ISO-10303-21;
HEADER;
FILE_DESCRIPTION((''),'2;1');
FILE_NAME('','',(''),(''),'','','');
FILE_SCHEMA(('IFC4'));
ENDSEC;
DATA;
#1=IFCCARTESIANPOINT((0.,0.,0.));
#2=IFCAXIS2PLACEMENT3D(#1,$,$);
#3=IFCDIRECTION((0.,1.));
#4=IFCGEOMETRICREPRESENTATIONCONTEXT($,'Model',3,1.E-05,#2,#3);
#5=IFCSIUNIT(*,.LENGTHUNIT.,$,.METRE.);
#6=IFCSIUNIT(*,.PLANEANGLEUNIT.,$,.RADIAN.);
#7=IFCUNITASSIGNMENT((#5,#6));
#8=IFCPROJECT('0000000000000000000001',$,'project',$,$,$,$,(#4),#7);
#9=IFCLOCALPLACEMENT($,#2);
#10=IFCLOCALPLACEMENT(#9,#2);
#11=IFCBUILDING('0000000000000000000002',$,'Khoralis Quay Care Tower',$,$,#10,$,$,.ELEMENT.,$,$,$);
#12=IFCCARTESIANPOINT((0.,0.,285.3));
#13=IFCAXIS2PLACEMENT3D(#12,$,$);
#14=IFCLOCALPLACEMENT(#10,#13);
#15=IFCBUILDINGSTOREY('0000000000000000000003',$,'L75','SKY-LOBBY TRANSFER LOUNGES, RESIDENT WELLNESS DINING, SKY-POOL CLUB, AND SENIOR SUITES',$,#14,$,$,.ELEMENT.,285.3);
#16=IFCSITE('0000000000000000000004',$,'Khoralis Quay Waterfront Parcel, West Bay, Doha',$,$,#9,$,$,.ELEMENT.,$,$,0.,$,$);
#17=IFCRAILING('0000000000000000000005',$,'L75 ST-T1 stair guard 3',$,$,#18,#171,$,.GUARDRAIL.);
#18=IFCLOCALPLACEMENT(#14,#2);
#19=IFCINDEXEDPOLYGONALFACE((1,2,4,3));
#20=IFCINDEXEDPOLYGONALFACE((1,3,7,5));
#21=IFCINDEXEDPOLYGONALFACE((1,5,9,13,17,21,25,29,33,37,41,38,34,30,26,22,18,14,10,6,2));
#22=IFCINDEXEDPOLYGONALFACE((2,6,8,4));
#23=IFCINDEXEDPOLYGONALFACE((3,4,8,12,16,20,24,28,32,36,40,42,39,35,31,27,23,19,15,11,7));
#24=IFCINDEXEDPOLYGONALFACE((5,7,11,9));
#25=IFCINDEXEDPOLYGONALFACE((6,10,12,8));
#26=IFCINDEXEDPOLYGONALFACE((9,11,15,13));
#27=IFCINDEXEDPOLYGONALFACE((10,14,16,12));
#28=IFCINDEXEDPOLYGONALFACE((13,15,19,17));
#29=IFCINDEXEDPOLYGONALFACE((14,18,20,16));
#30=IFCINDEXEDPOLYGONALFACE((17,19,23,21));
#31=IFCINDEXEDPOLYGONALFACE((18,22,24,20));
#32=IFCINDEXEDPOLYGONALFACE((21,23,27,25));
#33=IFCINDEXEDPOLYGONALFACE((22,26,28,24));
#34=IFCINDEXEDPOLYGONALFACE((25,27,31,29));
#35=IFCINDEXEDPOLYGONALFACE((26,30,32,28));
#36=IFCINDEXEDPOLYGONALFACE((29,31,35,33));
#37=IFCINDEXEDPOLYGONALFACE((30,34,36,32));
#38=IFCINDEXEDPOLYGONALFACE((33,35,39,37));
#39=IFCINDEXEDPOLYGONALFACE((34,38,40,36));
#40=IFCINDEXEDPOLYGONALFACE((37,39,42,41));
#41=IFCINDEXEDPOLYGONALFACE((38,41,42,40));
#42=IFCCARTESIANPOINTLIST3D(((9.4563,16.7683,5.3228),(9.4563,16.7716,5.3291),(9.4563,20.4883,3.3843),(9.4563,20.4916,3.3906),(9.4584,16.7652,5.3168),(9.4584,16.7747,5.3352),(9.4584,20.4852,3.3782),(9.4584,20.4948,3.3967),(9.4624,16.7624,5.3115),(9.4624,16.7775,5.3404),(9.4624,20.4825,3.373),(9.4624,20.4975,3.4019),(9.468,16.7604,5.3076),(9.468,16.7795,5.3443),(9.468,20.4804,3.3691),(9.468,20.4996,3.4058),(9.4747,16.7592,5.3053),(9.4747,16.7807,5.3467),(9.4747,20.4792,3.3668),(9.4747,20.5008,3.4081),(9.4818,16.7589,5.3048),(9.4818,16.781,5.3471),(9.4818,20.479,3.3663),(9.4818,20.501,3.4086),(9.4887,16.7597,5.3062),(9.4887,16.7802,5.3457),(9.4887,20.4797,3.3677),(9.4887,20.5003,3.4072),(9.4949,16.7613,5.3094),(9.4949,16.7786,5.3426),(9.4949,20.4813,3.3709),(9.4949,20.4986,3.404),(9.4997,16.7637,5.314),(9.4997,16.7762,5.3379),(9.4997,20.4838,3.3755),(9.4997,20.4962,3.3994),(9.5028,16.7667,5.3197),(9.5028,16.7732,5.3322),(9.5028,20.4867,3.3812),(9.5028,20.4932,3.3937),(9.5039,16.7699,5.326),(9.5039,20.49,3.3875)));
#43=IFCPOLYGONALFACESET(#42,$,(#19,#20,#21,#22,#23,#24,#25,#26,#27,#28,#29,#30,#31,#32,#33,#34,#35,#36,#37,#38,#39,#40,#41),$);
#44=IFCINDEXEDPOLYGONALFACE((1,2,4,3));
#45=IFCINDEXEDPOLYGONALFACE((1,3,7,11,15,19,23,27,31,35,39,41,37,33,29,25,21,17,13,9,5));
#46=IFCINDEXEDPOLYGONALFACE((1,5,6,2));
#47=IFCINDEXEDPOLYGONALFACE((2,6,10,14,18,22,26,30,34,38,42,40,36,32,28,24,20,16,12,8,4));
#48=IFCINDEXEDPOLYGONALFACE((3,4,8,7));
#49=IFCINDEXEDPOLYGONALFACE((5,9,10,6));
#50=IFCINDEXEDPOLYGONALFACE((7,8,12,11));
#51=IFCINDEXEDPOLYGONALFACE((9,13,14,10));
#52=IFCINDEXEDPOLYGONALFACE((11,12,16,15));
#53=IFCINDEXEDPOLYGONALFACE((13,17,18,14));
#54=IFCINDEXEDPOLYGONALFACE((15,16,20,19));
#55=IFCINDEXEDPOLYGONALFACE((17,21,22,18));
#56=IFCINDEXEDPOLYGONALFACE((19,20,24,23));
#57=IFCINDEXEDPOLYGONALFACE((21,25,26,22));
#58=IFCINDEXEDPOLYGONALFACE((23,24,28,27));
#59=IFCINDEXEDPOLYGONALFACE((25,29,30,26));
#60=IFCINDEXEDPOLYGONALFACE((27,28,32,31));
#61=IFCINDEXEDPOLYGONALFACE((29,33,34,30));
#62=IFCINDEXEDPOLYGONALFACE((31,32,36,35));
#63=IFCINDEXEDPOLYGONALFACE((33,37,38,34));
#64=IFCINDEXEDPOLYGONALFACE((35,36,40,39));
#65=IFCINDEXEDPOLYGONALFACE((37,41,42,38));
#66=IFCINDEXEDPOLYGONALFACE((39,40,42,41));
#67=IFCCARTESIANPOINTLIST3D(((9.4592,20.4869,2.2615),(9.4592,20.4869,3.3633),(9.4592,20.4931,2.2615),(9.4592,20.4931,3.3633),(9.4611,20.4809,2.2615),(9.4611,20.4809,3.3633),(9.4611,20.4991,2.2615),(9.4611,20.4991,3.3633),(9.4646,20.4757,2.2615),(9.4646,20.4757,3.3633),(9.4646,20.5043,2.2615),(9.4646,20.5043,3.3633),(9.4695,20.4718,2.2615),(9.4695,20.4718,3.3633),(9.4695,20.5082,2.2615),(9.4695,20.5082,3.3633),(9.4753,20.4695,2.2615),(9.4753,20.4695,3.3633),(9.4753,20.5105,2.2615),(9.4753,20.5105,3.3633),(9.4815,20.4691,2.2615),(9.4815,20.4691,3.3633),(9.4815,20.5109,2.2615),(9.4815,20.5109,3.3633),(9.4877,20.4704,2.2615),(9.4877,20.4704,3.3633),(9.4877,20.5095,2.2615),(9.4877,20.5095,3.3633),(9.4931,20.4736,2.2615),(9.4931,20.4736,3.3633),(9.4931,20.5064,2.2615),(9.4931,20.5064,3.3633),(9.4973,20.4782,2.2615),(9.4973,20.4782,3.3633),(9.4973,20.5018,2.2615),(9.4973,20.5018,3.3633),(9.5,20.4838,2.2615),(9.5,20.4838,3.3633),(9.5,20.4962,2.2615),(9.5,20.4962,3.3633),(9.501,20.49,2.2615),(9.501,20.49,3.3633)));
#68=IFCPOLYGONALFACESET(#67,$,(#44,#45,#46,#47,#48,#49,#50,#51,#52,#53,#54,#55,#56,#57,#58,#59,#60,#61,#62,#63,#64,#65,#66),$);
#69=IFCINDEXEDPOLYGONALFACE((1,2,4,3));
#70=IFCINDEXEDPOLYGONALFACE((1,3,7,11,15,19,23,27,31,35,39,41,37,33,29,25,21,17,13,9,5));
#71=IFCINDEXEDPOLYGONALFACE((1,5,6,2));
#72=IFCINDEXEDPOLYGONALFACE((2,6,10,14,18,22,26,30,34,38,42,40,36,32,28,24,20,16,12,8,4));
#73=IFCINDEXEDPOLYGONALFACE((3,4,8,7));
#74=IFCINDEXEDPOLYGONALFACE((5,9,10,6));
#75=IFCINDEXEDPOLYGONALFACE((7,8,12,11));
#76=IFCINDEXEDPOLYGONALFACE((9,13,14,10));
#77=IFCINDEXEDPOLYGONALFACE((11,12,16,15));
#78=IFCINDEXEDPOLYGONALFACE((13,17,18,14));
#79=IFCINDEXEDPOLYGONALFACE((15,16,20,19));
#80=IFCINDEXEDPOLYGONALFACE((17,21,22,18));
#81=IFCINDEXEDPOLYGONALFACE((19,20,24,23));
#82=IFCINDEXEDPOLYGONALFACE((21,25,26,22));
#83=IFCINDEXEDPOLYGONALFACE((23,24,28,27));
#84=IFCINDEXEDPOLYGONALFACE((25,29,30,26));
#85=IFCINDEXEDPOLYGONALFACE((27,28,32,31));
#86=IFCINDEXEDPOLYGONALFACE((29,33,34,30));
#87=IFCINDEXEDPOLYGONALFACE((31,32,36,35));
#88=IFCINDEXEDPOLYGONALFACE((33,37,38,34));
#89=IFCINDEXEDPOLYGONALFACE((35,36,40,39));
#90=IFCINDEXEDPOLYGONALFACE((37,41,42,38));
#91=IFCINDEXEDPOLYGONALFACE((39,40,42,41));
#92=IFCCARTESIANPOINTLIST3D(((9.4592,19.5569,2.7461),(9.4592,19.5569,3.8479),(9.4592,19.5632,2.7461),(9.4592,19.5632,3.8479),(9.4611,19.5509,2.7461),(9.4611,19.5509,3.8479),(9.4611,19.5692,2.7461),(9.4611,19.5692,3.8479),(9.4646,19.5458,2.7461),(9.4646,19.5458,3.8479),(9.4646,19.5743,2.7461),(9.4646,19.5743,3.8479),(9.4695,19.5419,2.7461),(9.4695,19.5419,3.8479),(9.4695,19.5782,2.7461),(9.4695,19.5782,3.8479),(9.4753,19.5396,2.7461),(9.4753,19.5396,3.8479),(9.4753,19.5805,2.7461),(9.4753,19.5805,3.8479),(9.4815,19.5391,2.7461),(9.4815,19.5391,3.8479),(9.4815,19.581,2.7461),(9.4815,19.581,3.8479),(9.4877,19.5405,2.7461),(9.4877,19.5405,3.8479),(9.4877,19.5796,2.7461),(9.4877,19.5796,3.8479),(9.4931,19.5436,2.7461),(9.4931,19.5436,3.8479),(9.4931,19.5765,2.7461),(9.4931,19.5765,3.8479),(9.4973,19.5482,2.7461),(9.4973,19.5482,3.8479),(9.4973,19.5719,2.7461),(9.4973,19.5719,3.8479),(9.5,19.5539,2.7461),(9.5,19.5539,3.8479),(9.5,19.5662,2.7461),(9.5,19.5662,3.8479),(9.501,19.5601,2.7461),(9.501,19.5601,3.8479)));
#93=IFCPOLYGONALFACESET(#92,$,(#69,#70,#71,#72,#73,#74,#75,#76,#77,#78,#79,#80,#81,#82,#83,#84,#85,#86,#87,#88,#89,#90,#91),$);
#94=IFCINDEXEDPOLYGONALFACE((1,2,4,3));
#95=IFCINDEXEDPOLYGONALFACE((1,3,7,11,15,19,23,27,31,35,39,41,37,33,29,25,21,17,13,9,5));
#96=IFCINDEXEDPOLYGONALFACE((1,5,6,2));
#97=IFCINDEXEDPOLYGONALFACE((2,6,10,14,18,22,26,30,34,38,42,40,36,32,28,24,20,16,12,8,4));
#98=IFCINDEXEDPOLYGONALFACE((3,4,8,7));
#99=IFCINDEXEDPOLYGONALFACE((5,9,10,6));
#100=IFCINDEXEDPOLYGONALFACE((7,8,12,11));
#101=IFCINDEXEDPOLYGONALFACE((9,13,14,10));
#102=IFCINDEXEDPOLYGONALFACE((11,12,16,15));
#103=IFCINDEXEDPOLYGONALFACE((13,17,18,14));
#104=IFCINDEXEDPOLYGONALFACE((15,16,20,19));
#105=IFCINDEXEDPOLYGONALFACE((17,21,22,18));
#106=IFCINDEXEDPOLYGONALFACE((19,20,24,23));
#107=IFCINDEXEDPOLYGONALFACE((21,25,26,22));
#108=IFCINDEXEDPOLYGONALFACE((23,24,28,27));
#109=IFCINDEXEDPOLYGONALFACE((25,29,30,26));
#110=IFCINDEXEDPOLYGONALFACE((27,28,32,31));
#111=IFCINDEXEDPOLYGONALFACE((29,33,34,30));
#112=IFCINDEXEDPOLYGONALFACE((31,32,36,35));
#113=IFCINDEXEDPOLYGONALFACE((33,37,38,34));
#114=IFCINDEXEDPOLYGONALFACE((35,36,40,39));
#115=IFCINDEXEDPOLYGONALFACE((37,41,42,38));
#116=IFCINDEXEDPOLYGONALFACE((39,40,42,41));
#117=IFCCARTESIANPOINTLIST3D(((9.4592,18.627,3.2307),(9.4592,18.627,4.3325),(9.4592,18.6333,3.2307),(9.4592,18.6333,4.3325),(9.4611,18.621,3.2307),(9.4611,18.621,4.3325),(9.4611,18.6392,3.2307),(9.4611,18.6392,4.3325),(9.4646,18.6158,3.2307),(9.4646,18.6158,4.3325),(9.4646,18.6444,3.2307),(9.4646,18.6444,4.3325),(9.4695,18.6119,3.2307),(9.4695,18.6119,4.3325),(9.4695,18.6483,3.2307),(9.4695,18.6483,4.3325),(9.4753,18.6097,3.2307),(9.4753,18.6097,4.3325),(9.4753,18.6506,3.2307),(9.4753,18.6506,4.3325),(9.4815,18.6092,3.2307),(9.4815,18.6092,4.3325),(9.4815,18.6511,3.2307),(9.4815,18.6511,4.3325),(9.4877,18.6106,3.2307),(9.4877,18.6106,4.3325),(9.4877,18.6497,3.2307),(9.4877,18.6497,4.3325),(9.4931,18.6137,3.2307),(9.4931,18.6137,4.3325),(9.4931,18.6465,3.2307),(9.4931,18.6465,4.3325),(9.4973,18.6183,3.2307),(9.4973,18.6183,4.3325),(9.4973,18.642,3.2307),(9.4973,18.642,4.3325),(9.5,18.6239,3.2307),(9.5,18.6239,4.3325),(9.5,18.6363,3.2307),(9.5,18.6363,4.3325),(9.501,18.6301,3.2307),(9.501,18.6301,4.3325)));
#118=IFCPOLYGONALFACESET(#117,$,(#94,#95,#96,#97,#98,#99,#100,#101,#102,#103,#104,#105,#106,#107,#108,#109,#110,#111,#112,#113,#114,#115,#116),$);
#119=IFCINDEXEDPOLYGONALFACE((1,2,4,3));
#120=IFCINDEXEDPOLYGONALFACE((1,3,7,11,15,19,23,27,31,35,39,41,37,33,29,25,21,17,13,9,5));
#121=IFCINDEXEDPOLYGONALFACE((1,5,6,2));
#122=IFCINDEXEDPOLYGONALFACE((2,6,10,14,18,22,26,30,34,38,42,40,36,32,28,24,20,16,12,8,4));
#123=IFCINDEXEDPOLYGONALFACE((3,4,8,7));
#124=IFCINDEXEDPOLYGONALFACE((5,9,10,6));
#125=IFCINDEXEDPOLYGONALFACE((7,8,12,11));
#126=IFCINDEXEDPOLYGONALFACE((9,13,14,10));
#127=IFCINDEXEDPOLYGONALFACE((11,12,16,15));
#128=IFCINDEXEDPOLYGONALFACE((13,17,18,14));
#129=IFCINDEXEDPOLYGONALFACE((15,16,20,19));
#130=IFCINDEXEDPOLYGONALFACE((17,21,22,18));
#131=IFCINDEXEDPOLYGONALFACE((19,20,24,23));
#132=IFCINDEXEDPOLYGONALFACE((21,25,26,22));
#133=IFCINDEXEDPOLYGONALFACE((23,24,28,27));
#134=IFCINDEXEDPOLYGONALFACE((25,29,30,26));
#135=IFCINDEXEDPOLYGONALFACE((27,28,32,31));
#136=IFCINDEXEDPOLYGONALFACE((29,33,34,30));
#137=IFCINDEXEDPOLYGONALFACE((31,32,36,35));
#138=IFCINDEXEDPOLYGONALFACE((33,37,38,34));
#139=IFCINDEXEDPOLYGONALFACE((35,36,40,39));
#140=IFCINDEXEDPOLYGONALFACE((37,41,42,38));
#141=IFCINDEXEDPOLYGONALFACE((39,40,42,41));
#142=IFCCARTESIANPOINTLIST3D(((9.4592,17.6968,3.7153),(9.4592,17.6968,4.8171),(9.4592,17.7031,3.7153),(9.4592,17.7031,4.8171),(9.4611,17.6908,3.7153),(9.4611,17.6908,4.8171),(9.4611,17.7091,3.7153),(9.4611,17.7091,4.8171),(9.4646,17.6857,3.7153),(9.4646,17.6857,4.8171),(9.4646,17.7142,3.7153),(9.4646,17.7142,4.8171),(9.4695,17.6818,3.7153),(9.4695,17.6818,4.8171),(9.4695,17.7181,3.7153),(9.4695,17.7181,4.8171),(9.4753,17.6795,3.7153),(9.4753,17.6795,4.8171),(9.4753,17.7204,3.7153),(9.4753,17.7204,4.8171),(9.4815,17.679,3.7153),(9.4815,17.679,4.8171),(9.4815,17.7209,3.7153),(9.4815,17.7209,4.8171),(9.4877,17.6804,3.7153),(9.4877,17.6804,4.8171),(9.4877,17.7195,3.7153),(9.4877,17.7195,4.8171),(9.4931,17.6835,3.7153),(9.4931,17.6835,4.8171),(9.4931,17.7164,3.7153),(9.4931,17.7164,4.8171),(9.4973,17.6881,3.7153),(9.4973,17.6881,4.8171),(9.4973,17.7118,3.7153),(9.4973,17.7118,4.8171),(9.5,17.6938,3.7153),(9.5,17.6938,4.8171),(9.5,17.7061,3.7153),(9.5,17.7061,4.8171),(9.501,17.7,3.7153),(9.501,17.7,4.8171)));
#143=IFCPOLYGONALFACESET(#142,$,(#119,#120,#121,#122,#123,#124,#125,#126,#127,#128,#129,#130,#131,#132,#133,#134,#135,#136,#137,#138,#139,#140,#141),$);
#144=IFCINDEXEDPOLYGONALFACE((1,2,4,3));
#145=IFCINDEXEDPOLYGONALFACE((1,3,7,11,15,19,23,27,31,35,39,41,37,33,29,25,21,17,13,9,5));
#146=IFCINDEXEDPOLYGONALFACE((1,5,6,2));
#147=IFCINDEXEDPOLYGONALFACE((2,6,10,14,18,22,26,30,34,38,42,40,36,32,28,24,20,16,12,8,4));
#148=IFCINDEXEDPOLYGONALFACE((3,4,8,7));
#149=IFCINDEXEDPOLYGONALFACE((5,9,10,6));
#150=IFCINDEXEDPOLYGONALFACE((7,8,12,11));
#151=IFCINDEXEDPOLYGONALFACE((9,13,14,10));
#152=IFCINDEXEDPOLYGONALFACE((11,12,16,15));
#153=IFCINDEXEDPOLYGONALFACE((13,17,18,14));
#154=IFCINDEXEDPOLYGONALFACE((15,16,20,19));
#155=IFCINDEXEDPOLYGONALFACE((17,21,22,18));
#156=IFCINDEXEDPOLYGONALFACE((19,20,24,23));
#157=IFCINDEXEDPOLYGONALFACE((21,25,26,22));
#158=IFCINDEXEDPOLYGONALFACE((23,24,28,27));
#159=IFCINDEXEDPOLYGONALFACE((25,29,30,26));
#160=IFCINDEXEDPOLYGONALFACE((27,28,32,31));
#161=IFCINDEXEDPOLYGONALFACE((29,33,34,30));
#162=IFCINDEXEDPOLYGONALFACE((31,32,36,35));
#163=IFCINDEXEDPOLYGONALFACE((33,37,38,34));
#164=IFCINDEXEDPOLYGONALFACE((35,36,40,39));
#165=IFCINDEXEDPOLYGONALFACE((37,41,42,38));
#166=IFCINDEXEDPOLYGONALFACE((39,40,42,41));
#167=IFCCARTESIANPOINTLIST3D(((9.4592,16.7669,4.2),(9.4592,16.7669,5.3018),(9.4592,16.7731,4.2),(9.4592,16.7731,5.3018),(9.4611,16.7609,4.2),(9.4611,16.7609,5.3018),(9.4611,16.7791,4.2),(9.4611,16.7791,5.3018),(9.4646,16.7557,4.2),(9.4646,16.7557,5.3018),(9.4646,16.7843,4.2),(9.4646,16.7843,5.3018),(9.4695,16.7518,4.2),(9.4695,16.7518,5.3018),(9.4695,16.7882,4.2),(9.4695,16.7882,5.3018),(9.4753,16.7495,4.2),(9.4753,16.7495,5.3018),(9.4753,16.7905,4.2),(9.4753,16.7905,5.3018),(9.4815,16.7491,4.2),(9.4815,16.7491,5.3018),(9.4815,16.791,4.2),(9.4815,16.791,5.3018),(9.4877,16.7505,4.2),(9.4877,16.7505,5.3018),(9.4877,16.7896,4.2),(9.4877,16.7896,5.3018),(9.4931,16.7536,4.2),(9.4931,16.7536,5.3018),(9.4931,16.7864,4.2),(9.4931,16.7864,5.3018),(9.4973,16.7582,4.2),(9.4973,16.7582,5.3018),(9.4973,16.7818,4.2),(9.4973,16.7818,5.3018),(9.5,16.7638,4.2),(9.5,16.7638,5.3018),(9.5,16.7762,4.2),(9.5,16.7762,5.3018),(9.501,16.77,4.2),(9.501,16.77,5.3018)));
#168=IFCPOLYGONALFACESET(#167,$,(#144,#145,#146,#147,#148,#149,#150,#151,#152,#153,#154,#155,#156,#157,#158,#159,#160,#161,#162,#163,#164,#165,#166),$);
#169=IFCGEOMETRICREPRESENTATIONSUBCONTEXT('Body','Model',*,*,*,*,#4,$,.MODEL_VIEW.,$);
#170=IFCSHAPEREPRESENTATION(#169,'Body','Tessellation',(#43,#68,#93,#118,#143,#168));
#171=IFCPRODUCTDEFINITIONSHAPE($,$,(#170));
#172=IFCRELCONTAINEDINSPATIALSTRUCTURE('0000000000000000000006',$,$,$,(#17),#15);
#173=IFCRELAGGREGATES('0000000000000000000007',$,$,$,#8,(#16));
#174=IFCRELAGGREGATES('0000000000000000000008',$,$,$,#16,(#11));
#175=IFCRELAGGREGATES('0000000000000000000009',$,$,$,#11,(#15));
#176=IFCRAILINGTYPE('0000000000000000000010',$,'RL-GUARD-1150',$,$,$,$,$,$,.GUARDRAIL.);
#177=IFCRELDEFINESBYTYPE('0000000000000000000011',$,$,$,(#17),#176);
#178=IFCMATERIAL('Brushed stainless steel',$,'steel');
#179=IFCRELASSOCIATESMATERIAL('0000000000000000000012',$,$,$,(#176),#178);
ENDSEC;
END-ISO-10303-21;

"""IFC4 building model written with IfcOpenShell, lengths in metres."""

from ifc_helpers import new_model, si_unit, direction, frame, origin, origin_2d, place, context, subcontext, project, spatial, circle, extrude, material, type_object, element, save


model = new_model("IFC4")

# Units and contexts
model_context = context("Model", 3, precision=1e-05, world=origin(), true_north=direction((0.0, 1.0)))
body_context = subcontext(model_context, "Body", "Model", "MODEL_VIEW")
ifc_project = project(units=[si_unit("LENGTHUNIT", "METRE"), si_unit("PLANEANGLEUNIT", "RADIAN")], contexts=[model_context])

# Site, building, storey
site_placement = place(None, origin())
site = spatial("IfcSite", under=ifc_project, at=site_placement, Name="Khoralis Quay Waterfront Parcel, West Bay, Doha", CompositionType="ELEMENT", RefElevation=0.0)
building_placement = place(site_placement, origin())
building = spatial("IfcBuilding", under=site, at=building_placement, Name="Khoralis Quay Care Tower", CompositionType="ELEMENT")
storey_placement = place(building_placement, frame((0.0, 0.0, 285.3)))
storey = spatial("IfcBuildingStorey", under=building, at=storey_placement, Name="L75", Description="SKY-LOBBY TRANSFER LOUNGES, RESIDENT WELLNESS DINING, SKY-POOL CLUB, AND SENIOR SUITES", CompositionType="ELEMENT", Elevation=285.3)

# Shared definitions
ifc_material_1 = material(Name="Brushed stainless steel", Category="steel")

# Railing
railing_type_1 = type_object("IfcRailingType", Name="RL-GUARD-1150", PredefinedType="GUARDRAIL", material=ifc_material_1)
railing_1_placement = place(storey_placement, frame((9.48, 20.49, 2.2615)))
element("IfcRailing", 1, at=railing_1_placement, inside=storey, type_object=railing_type_1, Name="L75 ST-T1 stair guard 3", PredefinedType="GUARDRAIL", context=body_context, shape_type="SweptSolid", body=[
    extrude(circle(Radius=0.0239, at=origin_2d()), frame((0.0, 0.0, 1.126), z_axis=(0.0, -0.886817, 0.46212), x_axis=(1.0, 0.0, 0.0)), (0.0, 0.0, 1.0), 4.1948),
    extrude(circle(Radius=0.021, at=origin_2d()), origin(), (0.0, 0.0, 1.0), 1.1018),
    extrude(circle(Radius=0.021, at=origin_2d()), frame((0.0, -0.9299, 0.4846)), (0.0, 0.0, 1.0), 1.1018),
    extrude(circle(Radius=0.021, at=origin_2d()), frame((0.0, -1.8599, 0.9692)), (0.0, 0.0, 1.0), 1.1018),
    extrude(circle(Radius=0.021, at=origin_2d()), frame((0.0, -2.79, 1.4539)), (0.0, 0.0, 1.0), 1.1018),
    extrude(circle(Radius=0.021, at=origin_2d()), frame((0.0, -3.72, 1.9385)), (0.0, 0.0, 1.0), 1.1018),
])

save(model, "model.ifc")
